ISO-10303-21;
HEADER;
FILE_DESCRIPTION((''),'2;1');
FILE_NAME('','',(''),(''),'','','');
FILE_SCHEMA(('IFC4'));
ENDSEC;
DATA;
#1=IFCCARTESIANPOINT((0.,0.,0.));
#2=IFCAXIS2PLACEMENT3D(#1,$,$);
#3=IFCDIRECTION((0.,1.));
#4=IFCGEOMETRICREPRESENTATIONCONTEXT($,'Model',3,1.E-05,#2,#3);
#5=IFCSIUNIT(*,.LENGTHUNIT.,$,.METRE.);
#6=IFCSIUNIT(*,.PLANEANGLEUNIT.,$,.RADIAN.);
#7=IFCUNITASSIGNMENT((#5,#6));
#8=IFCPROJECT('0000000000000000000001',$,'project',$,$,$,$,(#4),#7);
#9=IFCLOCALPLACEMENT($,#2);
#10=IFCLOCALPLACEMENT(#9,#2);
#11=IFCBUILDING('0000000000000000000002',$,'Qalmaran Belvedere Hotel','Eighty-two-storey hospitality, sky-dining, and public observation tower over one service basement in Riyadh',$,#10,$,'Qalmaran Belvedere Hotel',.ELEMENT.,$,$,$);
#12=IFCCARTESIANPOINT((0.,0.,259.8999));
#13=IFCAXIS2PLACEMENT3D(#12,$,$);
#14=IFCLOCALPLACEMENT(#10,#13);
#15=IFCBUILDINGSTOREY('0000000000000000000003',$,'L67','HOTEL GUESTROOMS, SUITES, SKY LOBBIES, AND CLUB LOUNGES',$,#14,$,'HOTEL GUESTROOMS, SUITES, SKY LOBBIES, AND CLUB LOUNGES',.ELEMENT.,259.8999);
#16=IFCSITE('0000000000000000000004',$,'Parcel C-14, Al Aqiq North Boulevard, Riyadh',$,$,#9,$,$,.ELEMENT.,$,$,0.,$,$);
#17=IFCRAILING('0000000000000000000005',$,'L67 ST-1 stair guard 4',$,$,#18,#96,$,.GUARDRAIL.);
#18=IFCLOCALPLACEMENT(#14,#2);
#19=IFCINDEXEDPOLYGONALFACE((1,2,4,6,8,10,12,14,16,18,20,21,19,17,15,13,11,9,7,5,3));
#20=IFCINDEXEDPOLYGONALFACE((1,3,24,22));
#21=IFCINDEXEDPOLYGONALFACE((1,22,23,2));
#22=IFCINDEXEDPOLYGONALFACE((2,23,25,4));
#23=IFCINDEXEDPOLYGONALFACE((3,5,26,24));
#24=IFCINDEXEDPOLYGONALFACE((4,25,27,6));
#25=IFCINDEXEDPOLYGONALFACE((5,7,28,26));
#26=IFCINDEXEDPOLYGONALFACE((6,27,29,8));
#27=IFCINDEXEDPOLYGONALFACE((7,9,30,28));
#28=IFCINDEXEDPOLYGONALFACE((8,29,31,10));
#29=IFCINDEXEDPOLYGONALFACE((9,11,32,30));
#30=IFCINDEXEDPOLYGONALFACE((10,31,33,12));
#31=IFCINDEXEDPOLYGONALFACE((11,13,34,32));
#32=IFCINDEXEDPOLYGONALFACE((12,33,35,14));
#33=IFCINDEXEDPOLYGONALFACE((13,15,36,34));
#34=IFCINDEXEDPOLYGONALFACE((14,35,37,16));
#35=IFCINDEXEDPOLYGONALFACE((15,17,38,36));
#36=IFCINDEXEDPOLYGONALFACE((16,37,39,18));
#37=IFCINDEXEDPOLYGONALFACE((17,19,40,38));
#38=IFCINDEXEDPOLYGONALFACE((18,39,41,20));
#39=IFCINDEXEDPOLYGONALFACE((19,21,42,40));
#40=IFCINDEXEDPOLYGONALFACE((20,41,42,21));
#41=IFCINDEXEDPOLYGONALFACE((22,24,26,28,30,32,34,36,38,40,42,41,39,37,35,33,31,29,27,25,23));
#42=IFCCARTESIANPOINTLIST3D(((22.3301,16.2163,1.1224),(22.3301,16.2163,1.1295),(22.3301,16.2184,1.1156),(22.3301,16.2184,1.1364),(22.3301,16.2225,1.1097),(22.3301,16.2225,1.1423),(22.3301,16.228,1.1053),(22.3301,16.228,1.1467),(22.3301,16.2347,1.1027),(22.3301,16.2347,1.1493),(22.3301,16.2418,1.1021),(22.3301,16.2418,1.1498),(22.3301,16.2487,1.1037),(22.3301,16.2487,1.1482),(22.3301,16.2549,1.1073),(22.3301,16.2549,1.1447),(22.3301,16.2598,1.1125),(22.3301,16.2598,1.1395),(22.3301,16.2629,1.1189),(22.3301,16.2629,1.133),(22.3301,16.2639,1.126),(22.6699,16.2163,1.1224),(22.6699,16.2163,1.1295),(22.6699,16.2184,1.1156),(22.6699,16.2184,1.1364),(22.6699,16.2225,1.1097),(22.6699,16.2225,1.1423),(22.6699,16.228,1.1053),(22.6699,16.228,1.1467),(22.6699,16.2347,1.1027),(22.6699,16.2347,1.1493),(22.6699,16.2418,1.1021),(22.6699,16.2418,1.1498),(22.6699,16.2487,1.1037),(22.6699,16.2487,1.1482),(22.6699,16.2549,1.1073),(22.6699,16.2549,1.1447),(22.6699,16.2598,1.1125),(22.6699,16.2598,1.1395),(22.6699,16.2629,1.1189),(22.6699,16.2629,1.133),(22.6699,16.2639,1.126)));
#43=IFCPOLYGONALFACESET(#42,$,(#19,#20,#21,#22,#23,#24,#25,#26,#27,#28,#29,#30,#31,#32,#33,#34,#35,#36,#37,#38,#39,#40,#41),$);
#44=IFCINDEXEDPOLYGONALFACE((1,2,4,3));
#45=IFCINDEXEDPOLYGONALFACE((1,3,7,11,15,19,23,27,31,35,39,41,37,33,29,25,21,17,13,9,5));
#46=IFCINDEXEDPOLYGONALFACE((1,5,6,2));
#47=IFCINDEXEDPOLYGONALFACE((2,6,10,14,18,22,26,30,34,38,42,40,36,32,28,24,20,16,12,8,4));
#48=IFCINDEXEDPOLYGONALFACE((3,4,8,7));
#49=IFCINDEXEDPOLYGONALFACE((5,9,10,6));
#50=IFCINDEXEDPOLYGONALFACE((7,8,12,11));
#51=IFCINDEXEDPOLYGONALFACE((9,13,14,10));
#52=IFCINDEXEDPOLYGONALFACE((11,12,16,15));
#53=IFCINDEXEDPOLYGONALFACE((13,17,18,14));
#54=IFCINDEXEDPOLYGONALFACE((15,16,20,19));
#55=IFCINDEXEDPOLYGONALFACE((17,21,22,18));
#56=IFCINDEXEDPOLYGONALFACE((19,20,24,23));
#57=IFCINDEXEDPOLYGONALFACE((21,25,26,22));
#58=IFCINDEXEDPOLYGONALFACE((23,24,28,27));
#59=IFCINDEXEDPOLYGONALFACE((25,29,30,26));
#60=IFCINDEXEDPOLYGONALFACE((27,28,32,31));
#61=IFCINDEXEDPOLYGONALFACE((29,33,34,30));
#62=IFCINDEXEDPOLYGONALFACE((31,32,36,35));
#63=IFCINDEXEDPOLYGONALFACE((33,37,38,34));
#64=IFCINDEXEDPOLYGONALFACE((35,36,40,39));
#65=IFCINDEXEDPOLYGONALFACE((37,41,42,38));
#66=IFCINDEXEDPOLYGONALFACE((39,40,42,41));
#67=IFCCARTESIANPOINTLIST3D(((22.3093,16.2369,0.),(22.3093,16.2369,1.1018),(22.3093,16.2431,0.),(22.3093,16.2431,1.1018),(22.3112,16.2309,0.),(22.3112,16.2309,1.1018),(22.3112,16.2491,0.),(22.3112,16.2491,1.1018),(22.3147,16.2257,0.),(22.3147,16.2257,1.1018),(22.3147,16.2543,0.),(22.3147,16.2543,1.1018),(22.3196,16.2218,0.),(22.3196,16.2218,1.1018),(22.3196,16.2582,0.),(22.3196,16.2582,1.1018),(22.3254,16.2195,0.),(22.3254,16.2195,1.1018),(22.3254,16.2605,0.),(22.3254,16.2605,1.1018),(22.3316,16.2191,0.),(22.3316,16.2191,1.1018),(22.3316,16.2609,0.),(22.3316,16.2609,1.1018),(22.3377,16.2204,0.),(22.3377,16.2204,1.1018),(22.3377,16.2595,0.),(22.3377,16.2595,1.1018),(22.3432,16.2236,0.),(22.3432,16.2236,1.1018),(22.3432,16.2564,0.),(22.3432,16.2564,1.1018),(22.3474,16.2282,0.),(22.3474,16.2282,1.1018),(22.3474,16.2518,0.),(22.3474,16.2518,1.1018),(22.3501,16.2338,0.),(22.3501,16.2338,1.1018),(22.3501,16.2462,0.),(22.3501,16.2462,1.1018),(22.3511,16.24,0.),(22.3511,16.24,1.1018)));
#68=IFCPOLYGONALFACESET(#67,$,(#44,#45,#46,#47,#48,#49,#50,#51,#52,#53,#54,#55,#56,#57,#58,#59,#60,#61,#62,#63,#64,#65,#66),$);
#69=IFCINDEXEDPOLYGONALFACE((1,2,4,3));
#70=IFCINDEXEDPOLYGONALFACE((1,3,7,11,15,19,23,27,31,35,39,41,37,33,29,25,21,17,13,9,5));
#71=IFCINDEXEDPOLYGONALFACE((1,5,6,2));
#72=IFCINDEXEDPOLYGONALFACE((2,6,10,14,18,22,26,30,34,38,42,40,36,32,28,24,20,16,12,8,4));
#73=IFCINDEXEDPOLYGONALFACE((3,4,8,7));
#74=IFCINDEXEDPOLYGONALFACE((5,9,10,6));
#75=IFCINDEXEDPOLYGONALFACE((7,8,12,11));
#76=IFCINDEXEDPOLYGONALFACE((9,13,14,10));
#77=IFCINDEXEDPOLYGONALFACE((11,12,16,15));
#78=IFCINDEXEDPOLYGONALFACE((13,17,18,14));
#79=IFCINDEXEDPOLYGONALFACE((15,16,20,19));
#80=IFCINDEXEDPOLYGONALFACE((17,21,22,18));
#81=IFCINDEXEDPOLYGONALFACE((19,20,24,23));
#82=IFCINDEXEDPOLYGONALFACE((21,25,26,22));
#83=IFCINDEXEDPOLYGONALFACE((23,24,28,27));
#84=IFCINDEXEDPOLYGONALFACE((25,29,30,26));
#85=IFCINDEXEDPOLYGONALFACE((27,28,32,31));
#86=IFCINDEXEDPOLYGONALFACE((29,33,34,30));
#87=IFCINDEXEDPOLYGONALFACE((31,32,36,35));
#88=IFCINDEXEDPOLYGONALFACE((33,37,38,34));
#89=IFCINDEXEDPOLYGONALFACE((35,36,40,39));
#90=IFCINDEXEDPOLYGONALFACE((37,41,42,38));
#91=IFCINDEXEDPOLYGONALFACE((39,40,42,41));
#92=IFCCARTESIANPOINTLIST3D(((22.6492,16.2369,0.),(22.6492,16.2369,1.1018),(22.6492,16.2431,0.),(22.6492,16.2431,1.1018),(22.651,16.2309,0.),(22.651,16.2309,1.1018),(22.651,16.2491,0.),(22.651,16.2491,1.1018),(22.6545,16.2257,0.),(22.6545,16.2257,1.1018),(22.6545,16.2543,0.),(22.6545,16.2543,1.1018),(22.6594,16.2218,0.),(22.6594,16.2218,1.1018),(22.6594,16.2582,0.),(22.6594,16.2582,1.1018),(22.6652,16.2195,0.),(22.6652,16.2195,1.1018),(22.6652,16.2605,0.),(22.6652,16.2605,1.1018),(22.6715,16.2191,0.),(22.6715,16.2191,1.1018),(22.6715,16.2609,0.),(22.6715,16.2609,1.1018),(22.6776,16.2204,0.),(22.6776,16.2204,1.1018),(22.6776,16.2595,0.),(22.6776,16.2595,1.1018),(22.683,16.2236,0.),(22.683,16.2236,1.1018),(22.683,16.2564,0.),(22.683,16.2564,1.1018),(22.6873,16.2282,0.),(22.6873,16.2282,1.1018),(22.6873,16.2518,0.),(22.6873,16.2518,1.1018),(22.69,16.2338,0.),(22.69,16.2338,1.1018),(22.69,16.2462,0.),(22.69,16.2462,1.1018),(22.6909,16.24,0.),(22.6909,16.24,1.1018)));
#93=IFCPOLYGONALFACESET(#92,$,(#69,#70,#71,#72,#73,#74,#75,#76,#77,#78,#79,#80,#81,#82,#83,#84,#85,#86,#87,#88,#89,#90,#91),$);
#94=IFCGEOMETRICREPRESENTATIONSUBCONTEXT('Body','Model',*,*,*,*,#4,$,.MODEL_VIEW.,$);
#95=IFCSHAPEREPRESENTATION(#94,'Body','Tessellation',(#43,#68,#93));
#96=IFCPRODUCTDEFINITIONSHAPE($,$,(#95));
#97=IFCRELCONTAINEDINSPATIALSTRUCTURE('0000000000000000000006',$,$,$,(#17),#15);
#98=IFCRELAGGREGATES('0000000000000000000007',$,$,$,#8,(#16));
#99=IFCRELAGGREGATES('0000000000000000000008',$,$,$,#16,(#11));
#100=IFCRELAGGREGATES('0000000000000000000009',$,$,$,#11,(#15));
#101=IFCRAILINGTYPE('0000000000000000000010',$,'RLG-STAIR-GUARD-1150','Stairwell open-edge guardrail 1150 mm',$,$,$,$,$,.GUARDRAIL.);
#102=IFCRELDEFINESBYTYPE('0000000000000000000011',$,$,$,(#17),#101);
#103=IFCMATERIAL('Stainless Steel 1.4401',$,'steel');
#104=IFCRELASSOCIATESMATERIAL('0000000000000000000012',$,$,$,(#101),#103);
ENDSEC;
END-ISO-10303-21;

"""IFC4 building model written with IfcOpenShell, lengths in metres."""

from ifc_helpers import new_model, si_unit, direction, frame, origin, origin_2d, place, context, subcontext, project, spatial, circle, extrude, material, type_object, element, save


model = new_model("IFC4")

# Units and contexts
model_context = context("Model", 3, precision=1e-05, world=origin(), true_north=direction((0.0, 1.0)))
body_context = subcontext(model_context, "Body", "Model", "MODEL_VIEW")
ifc_project = project(units=[si_unit("LENGTHUNIT", "METRE"), si_unit("PLANEANGLEUNIT", "RADIAN")], contexts=[model_context])

# Site, building, storey
site_placement = place(None, origin())
site = spatial("IfcSite", under=ifc_project, at=site_placement, Name="Parcel C-14, Al Aqiq North Boulevard, Riyadh", CompositionType="ELEMENT", RefElevation=0.0)
building_placement = place(site_placement, origin())
building = spatial("IfcBuilding", under=site, at=building_placement, Name="Qalmaran Belvedere Hotel", Description="Eighty-two-storey hospitality, sky-dining, and public observation tower over one service basement in Riyadh", LongName="Qalmaran Belvedere Hotel", CompositionType="ELEMENT")
storey_placement = place(building_placement, frame((0.0, 0.0, 259.8999)))
storey = spatial("IfcBuildingStorey", under=building, at=storey_placement, Name="L67", Description="HOTEL GUESTROOMS, SUITES, SKY LOBBIES, AND CLUB LOUNGES", LongName="HOTEL GUESTROOMS, SUITES, SKY LOBBIES, AND CLUB LOUNGES", CompositionType="ELEMENT", Elevation=259.8999)

# Shared definitions
ifc_material_1 = material(Name="Stainless Steel 1.4401", Category="steel")

# Railing
railing_type_1 = type_object("IfcRailingType", Name="RLG-STAIR-GUARD-1150", Description="Stairwell open-edge guardrail 1150 mm", PredefinedType="GUARDRAIL", material=ifc_material_1)
railing_1_placement = place(storey_placement, frame((22.3301, 16.24, 0.0)))
element("IfcRailing", 1, at=railing_1_placement, inside=storey, type_object=railing_type_1, Name="L67 ST-1 stair guard 4", PredefinedType="GUARDRAIL", context=body_context, shape_type="SweptSolid", body=[
    extrude(circle(Radius=0.0239, at=origin_2d()), frame((0.0, 0.0, 1.126), z_axis=(1.0, 0.0, 0.0), x_axis=(0.0, 1.0, 0.0)), (0.0, 0.0, 1.0), 0.3398),
    extrude(circle(Radius=0.021, at=origin_2d()), origin(), (0.0, 0.0, 1.0), 1.1018),
    extrude(circle(Radius=0.021, at=origin_2d()), frame((0.3398, 0.0, 0.0)), (0.0, 0.0, 1.0), 1.1018),
])

save(model, "model.ifc")
